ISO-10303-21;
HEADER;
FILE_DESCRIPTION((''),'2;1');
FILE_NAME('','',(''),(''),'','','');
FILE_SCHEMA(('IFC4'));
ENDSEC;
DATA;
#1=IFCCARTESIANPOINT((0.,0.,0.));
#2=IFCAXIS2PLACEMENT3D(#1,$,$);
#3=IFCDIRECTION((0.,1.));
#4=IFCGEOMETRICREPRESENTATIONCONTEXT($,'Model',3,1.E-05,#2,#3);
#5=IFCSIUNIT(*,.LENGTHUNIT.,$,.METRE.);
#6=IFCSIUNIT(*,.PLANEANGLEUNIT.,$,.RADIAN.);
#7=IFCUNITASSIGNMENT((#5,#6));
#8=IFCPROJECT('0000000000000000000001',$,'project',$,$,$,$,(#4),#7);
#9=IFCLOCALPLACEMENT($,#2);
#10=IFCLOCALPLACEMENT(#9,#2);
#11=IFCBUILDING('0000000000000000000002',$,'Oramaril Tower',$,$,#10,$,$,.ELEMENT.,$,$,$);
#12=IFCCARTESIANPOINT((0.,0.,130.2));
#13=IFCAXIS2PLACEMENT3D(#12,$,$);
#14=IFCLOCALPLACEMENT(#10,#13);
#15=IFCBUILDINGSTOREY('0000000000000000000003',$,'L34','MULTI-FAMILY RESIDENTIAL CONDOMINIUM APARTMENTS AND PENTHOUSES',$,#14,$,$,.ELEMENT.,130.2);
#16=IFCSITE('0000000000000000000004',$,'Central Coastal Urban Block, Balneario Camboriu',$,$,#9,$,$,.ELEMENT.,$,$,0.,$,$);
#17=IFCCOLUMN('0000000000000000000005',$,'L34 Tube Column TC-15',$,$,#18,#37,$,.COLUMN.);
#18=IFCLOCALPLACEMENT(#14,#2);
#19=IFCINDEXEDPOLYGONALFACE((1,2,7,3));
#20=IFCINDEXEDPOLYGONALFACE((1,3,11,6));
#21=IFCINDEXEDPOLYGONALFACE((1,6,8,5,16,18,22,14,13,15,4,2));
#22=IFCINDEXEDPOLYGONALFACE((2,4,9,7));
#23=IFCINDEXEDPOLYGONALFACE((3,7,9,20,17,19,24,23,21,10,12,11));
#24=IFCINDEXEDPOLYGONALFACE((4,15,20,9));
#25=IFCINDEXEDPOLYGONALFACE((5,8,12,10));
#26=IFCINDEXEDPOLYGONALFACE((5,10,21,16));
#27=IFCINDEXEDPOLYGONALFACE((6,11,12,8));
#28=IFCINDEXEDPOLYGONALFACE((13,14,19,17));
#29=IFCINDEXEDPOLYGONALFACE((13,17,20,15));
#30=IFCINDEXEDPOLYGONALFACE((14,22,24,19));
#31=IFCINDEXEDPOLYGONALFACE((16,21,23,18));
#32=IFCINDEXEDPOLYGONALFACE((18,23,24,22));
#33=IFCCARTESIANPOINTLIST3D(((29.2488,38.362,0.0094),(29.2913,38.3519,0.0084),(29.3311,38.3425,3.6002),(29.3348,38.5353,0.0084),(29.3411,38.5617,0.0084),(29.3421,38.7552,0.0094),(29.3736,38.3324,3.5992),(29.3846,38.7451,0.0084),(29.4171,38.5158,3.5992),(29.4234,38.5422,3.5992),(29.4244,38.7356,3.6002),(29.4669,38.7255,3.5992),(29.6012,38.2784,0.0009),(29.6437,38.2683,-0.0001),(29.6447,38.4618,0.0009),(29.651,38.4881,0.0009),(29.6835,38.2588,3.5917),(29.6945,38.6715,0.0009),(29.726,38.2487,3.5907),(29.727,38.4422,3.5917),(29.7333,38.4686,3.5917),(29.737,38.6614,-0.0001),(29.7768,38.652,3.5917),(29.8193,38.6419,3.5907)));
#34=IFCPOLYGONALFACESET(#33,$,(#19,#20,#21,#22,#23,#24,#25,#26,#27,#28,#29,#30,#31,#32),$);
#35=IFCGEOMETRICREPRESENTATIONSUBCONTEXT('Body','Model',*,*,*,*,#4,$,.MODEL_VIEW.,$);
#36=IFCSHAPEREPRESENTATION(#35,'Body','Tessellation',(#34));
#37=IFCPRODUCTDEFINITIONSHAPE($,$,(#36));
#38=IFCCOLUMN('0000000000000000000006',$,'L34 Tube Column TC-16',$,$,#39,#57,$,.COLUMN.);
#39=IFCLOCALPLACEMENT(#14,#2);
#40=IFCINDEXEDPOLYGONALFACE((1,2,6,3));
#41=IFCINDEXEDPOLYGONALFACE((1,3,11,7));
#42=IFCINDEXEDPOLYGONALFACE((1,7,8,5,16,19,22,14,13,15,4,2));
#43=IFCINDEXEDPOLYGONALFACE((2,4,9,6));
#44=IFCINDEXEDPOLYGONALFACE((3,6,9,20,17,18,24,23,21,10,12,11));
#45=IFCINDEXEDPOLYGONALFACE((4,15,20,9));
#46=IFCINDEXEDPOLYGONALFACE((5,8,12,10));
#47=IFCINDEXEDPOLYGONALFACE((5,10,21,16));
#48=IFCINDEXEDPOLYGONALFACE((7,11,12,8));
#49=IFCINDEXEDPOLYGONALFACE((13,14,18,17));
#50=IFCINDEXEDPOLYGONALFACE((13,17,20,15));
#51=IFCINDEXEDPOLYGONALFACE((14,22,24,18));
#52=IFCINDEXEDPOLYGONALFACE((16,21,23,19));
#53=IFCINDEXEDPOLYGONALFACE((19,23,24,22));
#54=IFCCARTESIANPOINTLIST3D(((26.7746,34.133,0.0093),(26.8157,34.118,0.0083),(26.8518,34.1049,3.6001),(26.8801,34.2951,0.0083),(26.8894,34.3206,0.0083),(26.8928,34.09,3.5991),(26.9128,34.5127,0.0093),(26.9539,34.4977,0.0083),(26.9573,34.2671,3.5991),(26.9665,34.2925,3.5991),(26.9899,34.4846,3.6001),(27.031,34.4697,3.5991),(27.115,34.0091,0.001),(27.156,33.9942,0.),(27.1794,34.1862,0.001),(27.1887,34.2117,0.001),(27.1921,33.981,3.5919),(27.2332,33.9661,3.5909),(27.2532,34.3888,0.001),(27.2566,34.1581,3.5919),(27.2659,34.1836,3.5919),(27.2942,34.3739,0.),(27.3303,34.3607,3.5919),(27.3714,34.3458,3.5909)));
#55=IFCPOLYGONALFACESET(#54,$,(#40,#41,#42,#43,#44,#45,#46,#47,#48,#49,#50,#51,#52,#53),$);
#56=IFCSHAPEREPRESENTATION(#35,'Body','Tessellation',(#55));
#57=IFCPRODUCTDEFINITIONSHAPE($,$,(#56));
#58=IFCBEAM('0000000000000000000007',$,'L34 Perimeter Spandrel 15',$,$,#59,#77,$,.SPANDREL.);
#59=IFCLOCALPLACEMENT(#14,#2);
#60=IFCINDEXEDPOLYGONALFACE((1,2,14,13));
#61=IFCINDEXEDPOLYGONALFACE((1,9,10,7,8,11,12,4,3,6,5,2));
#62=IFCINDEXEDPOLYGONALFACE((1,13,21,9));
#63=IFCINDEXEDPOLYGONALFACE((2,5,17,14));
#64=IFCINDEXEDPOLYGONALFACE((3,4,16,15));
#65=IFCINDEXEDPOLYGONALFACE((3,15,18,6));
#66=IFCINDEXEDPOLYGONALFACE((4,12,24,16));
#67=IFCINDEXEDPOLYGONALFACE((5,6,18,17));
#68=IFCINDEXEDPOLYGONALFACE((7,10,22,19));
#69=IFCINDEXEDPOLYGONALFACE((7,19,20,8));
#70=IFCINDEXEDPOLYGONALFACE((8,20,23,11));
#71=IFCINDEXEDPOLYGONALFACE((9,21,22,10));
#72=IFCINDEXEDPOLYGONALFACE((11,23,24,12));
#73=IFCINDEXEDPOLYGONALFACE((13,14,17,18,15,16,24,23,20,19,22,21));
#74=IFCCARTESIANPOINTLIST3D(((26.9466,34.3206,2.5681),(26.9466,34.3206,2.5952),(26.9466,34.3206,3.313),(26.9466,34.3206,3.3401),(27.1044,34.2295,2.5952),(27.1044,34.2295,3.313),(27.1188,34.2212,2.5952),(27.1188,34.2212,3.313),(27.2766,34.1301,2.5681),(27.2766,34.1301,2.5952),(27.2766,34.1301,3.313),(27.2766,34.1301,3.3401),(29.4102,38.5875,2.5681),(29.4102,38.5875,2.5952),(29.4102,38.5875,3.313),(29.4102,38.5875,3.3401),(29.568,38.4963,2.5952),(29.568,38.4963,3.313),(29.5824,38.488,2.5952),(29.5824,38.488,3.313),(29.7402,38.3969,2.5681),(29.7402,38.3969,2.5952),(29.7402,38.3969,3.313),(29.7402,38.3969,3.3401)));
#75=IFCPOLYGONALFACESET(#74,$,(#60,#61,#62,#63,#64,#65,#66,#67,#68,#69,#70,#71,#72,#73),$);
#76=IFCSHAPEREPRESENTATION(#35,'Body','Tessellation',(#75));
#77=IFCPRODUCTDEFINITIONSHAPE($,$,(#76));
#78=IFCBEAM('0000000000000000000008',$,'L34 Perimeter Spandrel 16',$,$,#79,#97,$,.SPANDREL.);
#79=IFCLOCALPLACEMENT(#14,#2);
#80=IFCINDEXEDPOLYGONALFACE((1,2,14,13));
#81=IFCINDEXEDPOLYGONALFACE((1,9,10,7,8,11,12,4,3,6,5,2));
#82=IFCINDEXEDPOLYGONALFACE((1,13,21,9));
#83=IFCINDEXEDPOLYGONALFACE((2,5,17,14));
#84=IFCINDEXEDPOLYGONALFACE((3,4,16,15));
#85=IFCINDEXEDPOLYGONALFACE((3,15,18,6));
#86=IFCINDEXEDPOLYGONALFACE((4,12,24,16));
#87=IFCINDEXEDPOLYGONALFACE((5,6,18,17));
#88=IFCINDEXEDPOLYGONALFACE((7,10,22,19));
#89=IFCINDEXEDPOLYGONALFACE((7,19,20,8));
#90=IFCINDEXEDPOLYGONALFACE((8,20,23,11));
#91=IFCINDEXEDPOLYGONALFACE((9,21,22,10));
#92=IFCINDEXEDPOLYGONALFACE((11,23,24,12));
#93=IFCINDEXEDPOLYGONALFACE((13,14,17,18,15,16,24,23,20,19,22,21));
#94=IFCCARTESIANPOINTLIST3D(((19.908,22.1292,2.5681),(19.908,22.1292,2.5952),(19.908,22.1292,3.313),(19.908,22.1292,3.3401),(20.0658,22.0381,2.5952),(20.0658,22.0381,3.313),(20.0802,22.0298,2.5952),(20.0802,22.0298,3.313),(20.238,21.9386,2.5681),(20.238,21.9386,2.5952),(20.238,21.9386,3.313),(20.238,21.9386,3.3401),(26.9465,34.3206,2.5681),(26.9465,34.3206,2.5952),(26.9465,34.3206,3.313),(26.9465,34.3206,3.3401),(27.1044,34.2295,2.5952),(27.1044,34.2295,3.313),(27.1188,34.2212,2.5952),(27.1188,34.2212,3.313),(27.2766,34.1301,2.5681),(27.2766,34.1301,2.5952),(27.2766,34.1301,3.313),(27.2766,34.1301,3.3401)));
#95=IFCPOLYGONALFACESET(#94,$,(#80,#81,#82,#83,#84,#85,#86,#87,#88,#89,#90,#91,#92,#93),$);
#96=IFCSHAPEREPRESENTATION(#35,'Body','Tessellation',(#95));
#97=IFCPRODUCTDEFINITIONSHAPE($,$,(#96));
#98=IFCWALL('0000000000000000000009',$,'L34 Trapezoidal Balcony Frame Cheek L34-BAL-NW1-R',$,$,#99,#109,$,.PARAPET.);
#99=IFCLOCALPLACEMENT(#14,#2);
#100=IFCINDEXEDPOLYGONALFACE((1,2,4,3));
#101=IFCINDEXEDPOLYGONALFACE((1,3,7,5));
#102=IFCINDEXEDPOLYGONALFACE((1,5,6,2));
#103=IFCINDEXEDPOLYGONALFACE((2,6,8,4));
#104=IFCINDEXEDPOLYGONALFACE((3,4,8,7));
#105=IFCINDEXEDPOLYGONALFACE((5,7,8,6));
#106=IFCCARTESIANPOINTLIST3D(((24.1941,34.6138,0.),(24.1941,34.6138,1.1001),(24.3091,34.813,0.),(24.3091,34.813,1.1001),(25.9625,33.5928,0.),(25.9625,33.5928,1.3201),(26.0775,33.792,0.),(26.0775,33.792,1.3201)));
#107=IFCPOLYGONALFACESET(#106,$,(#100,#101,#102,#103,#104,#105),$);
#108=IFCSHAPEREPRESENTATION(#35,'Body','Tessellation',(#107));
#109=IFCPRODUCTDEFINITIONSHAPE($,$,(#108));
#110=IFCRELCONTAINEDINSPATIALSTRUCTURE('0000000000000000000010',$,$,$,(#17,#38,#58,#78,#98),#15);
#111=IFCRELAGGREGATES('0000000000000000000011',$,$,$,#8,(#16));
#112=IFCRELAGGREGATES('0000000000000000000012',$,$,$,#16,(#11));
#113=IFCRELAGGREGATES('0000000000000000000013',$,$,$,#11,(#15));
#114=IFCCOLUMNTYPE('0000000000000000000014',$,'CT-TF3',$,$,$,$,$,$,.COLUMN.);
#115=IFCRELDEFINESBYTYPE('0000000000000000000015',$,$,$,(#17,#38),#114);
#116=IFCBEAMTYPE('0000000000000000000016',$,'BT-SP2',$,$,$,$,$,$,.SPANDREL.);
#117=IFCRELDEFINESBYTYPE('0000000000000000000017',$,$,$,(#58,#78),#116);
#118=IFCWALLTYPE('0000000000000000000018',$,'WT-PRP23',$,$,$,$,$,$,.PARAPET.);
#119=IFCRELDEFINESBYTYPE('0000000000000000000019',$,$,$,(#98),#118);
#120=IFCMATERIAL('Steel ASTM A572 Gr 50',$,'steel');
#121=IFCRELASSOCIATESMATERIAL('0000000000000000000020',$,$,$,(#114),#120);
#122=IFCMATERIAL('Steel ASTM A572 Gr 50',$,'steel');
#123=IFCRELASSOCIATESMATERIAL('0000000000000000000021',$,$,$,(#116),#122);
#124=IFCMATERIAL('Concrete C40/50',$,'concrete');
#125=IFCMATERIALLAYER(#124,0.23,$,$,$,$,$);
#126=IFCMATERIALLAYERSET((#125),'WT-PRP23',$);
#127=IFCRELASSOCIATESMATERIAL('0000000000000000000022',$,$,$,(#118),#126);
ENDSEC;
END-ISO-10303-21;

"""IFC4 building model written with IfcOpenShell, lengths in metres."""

from ifc_helpers import new_model, si_unit, direction, frame, origin, origin_2d, place, context, subcontext, project, spatial, polyline, i_section, outline, extrude, material, layer, layer_set, material_profile, profile_set, type_object, element, save


model = new_model("IFC4")

# Units and contexts
model_context = context("Model", 3, precision=1e-05, world=origin(), true_north=direction((0.0, 1.0)))
body_context = subcontext(model_context, "Body", "Model", "MODEL_VIEW")
ifc_project = project(units=[si_unit("LENGTHUNIT", "METRE"), si_unit("PLANEANGLEUNIT", "RADIAN")], contexts=[model_context])

# Site, building, storey
site_placement = place(None, origin())
site = spatial("IfcSite", under=ifc_project, at=site_placement, Name="Central Coastal Urban Block, Balneario Camboriu", CompositionType="ELEMENT", RefElevation=0.0)
building_placement = place(site_placement, origin())
building = spatial("IfcBuilding", under=site, at=building_placement, Name="Oramaril Tower", CompositionType="ELEMENT")
storey_placement = place(building_placement, frame((0.0, 0.0, 130.2)))
storey = spatial("IfcBuildingStorey", under=building, at=storey_placement, Name="L34", Description="MULTI-FAMILY RESIDENTIAL CONDOMINIUM APARTMENTS AND PENTHOUSES", CompositionType="ELEMENT", Elevation=130.2)

# Columns
ifc_material_1 = material(Name="Steel ASTM A572 Gr 50", Category="steel")
ifc_material_profile_1 = material_profile(ifc_material_1, i_section(OverallWidth=0.4041, OverallDepth=0.406, WebThickness=0.0271, FlangeThickness=0.0437, at=origin_2d()), Name="W14X233")
ifc_profile_set_1 = profile_set([ifc_material_profile_1], Name="Steel ASTM A572 Gr 50")
column_type = type_object("IfcColumnType", Name="CT-TF3", PredefinedType="COLUMN", material=ifc_profile_set_1)
for number, where, z_axis, x_axis, name in (
    (1, (29.4929, 38.5117, 0.0046), (0.022906, -0.005438, 0.999723), (0.23097, 0.972961, 0.0), "L34 Tube Column TC-15"),
    (2, (27.0344, 34.2534, 0.0046), (0.021479, -0.007817, 0.999739), (0.341982, 0.939707, 0.0), "L34 Tube Column TC-16"),
):
    element("IfcColumn", number, at=place(storey_placement, frame(where, z_axis=z_axis, x_axis=x_axis)), inside=storey, type_object=column_type, Name=name, PredefinedType="COLUMN", context=body_context, shape_type="SweptSolid", body=[
        extrude(i_section(OverallWidth=0.4041, OverallDepth=0.406, WebThickness=0.0271, FlangeThickness=0.0437, at=origin_2d()), origin(), (0.0, 0.0, 1.0), 3.5918),
    ])

# Beams
ifc_material_2 = material(Name="Steel ASTM A572 Gr 50", Category="steel")
ifc_material_profile_2 = material_profile(ifc_material_2, i_section(OverallWidth=0.3811, OverallDepth=0.772, WebThickness=0.0166, FlangeThickness=0.0271, at=origin_2d()), Name="W30X173")
ifc_profile_set_2 = profile_set([ifc_material_profile_2], Name="Steel ASTM A572 Gr 50")
beam_type = type_object("IfcBeamType", Name="BT-SP2", PredefinedType="SPANDREL", material=ifc_profile_set_2)
beam_1_placement = place(storey_placement, frame((29.5752, 38.4922, 2.9541), z_axis=(-0.500024, -0.866011, 0.0), x_axis=(0.866011, -0.500024, 0.0)))
element("IfcBeam", 3, at=beam_1_placement, inside=storey, type_object=beam_type, Name="L34 Perimeter Spandrel 15", PredefinedType="SPANDREL", context=body_context, shape_type="SweptSolid", body=[
    extrude(i_section(OverallWidth=0.3811, OverallDepth=0.772, WebThickness=0.0166, FlangeThickness=0.0271, at=origin_2d()), origin(), (0.0, 0.0, 1.0), 4.927),
])
beam_2_placement = place(storey_placement, frame((27.1116, 34.2253, 2.9541), z_axis=(-0.499993, -0.86603, 0.0), x_axis=(0.86603, -0.499993, 0.0)))
element("IfcBeam", 4, at=beam_2_placement, inside=storey, type_object=beam_type, Name="L34 Perimeter Spandrel 16", PredefinedType="SPANDREL", context=body_context, shape_type="SweptSolid", body=[
    extrude(i_section(OverallWidth=0.3811, OverallDepth=0.772, WebThickness=0.0166, FlangeThickness=0.0271, at=origin_2d()), origin(), (0.0, 0.0, 1.0), 14.0774),
])

# Wall
ifc_material_3 = material(Name="Concrete C40/50", Category="concrete")
ifc_layer_1 = layer(ifc_material_3, 0.23)
ifc_layer_set_1 = layer_set([ifc_layer_1], Name="WT-PRP23")
wall_type_1 = type_object("IfcWallType", Name="WT-PRP23", PredefinedType="PARAPET", material=ifc_layer_set_1)
wall_1_placement = place(storey_placement, frame((26.02, 33.6924, 0.0), z_axis=(0.0, 0.0, 1.0), x_axis=(-0.866012, 0.500023, 0.0)))
element("IfcWall", 5, at=wall_1_placement, inside=storey, type_object=wall_type_1, Name="L34 Trapezoidal Balcony Frame Cheek L34-BAL-NW1-R", PredefinedType="PARAPET", context=body_context, shape_type="SweptSolid", body=[
    extrude(outline(polyline([(0.0, 0.0), (2.042, 0.0), (2.042, 1.1001), (0.0, 1.3201), (0.0, 0.0)])), frame((0.0, 0.115, 0.0), z_axis=(0.0, -1.0, 0.0), x_axis=(1.0, 0.0, 0.0)), (0.0, 0.0, 1.0), 0.23),
])

save(model, "model.ifc")
